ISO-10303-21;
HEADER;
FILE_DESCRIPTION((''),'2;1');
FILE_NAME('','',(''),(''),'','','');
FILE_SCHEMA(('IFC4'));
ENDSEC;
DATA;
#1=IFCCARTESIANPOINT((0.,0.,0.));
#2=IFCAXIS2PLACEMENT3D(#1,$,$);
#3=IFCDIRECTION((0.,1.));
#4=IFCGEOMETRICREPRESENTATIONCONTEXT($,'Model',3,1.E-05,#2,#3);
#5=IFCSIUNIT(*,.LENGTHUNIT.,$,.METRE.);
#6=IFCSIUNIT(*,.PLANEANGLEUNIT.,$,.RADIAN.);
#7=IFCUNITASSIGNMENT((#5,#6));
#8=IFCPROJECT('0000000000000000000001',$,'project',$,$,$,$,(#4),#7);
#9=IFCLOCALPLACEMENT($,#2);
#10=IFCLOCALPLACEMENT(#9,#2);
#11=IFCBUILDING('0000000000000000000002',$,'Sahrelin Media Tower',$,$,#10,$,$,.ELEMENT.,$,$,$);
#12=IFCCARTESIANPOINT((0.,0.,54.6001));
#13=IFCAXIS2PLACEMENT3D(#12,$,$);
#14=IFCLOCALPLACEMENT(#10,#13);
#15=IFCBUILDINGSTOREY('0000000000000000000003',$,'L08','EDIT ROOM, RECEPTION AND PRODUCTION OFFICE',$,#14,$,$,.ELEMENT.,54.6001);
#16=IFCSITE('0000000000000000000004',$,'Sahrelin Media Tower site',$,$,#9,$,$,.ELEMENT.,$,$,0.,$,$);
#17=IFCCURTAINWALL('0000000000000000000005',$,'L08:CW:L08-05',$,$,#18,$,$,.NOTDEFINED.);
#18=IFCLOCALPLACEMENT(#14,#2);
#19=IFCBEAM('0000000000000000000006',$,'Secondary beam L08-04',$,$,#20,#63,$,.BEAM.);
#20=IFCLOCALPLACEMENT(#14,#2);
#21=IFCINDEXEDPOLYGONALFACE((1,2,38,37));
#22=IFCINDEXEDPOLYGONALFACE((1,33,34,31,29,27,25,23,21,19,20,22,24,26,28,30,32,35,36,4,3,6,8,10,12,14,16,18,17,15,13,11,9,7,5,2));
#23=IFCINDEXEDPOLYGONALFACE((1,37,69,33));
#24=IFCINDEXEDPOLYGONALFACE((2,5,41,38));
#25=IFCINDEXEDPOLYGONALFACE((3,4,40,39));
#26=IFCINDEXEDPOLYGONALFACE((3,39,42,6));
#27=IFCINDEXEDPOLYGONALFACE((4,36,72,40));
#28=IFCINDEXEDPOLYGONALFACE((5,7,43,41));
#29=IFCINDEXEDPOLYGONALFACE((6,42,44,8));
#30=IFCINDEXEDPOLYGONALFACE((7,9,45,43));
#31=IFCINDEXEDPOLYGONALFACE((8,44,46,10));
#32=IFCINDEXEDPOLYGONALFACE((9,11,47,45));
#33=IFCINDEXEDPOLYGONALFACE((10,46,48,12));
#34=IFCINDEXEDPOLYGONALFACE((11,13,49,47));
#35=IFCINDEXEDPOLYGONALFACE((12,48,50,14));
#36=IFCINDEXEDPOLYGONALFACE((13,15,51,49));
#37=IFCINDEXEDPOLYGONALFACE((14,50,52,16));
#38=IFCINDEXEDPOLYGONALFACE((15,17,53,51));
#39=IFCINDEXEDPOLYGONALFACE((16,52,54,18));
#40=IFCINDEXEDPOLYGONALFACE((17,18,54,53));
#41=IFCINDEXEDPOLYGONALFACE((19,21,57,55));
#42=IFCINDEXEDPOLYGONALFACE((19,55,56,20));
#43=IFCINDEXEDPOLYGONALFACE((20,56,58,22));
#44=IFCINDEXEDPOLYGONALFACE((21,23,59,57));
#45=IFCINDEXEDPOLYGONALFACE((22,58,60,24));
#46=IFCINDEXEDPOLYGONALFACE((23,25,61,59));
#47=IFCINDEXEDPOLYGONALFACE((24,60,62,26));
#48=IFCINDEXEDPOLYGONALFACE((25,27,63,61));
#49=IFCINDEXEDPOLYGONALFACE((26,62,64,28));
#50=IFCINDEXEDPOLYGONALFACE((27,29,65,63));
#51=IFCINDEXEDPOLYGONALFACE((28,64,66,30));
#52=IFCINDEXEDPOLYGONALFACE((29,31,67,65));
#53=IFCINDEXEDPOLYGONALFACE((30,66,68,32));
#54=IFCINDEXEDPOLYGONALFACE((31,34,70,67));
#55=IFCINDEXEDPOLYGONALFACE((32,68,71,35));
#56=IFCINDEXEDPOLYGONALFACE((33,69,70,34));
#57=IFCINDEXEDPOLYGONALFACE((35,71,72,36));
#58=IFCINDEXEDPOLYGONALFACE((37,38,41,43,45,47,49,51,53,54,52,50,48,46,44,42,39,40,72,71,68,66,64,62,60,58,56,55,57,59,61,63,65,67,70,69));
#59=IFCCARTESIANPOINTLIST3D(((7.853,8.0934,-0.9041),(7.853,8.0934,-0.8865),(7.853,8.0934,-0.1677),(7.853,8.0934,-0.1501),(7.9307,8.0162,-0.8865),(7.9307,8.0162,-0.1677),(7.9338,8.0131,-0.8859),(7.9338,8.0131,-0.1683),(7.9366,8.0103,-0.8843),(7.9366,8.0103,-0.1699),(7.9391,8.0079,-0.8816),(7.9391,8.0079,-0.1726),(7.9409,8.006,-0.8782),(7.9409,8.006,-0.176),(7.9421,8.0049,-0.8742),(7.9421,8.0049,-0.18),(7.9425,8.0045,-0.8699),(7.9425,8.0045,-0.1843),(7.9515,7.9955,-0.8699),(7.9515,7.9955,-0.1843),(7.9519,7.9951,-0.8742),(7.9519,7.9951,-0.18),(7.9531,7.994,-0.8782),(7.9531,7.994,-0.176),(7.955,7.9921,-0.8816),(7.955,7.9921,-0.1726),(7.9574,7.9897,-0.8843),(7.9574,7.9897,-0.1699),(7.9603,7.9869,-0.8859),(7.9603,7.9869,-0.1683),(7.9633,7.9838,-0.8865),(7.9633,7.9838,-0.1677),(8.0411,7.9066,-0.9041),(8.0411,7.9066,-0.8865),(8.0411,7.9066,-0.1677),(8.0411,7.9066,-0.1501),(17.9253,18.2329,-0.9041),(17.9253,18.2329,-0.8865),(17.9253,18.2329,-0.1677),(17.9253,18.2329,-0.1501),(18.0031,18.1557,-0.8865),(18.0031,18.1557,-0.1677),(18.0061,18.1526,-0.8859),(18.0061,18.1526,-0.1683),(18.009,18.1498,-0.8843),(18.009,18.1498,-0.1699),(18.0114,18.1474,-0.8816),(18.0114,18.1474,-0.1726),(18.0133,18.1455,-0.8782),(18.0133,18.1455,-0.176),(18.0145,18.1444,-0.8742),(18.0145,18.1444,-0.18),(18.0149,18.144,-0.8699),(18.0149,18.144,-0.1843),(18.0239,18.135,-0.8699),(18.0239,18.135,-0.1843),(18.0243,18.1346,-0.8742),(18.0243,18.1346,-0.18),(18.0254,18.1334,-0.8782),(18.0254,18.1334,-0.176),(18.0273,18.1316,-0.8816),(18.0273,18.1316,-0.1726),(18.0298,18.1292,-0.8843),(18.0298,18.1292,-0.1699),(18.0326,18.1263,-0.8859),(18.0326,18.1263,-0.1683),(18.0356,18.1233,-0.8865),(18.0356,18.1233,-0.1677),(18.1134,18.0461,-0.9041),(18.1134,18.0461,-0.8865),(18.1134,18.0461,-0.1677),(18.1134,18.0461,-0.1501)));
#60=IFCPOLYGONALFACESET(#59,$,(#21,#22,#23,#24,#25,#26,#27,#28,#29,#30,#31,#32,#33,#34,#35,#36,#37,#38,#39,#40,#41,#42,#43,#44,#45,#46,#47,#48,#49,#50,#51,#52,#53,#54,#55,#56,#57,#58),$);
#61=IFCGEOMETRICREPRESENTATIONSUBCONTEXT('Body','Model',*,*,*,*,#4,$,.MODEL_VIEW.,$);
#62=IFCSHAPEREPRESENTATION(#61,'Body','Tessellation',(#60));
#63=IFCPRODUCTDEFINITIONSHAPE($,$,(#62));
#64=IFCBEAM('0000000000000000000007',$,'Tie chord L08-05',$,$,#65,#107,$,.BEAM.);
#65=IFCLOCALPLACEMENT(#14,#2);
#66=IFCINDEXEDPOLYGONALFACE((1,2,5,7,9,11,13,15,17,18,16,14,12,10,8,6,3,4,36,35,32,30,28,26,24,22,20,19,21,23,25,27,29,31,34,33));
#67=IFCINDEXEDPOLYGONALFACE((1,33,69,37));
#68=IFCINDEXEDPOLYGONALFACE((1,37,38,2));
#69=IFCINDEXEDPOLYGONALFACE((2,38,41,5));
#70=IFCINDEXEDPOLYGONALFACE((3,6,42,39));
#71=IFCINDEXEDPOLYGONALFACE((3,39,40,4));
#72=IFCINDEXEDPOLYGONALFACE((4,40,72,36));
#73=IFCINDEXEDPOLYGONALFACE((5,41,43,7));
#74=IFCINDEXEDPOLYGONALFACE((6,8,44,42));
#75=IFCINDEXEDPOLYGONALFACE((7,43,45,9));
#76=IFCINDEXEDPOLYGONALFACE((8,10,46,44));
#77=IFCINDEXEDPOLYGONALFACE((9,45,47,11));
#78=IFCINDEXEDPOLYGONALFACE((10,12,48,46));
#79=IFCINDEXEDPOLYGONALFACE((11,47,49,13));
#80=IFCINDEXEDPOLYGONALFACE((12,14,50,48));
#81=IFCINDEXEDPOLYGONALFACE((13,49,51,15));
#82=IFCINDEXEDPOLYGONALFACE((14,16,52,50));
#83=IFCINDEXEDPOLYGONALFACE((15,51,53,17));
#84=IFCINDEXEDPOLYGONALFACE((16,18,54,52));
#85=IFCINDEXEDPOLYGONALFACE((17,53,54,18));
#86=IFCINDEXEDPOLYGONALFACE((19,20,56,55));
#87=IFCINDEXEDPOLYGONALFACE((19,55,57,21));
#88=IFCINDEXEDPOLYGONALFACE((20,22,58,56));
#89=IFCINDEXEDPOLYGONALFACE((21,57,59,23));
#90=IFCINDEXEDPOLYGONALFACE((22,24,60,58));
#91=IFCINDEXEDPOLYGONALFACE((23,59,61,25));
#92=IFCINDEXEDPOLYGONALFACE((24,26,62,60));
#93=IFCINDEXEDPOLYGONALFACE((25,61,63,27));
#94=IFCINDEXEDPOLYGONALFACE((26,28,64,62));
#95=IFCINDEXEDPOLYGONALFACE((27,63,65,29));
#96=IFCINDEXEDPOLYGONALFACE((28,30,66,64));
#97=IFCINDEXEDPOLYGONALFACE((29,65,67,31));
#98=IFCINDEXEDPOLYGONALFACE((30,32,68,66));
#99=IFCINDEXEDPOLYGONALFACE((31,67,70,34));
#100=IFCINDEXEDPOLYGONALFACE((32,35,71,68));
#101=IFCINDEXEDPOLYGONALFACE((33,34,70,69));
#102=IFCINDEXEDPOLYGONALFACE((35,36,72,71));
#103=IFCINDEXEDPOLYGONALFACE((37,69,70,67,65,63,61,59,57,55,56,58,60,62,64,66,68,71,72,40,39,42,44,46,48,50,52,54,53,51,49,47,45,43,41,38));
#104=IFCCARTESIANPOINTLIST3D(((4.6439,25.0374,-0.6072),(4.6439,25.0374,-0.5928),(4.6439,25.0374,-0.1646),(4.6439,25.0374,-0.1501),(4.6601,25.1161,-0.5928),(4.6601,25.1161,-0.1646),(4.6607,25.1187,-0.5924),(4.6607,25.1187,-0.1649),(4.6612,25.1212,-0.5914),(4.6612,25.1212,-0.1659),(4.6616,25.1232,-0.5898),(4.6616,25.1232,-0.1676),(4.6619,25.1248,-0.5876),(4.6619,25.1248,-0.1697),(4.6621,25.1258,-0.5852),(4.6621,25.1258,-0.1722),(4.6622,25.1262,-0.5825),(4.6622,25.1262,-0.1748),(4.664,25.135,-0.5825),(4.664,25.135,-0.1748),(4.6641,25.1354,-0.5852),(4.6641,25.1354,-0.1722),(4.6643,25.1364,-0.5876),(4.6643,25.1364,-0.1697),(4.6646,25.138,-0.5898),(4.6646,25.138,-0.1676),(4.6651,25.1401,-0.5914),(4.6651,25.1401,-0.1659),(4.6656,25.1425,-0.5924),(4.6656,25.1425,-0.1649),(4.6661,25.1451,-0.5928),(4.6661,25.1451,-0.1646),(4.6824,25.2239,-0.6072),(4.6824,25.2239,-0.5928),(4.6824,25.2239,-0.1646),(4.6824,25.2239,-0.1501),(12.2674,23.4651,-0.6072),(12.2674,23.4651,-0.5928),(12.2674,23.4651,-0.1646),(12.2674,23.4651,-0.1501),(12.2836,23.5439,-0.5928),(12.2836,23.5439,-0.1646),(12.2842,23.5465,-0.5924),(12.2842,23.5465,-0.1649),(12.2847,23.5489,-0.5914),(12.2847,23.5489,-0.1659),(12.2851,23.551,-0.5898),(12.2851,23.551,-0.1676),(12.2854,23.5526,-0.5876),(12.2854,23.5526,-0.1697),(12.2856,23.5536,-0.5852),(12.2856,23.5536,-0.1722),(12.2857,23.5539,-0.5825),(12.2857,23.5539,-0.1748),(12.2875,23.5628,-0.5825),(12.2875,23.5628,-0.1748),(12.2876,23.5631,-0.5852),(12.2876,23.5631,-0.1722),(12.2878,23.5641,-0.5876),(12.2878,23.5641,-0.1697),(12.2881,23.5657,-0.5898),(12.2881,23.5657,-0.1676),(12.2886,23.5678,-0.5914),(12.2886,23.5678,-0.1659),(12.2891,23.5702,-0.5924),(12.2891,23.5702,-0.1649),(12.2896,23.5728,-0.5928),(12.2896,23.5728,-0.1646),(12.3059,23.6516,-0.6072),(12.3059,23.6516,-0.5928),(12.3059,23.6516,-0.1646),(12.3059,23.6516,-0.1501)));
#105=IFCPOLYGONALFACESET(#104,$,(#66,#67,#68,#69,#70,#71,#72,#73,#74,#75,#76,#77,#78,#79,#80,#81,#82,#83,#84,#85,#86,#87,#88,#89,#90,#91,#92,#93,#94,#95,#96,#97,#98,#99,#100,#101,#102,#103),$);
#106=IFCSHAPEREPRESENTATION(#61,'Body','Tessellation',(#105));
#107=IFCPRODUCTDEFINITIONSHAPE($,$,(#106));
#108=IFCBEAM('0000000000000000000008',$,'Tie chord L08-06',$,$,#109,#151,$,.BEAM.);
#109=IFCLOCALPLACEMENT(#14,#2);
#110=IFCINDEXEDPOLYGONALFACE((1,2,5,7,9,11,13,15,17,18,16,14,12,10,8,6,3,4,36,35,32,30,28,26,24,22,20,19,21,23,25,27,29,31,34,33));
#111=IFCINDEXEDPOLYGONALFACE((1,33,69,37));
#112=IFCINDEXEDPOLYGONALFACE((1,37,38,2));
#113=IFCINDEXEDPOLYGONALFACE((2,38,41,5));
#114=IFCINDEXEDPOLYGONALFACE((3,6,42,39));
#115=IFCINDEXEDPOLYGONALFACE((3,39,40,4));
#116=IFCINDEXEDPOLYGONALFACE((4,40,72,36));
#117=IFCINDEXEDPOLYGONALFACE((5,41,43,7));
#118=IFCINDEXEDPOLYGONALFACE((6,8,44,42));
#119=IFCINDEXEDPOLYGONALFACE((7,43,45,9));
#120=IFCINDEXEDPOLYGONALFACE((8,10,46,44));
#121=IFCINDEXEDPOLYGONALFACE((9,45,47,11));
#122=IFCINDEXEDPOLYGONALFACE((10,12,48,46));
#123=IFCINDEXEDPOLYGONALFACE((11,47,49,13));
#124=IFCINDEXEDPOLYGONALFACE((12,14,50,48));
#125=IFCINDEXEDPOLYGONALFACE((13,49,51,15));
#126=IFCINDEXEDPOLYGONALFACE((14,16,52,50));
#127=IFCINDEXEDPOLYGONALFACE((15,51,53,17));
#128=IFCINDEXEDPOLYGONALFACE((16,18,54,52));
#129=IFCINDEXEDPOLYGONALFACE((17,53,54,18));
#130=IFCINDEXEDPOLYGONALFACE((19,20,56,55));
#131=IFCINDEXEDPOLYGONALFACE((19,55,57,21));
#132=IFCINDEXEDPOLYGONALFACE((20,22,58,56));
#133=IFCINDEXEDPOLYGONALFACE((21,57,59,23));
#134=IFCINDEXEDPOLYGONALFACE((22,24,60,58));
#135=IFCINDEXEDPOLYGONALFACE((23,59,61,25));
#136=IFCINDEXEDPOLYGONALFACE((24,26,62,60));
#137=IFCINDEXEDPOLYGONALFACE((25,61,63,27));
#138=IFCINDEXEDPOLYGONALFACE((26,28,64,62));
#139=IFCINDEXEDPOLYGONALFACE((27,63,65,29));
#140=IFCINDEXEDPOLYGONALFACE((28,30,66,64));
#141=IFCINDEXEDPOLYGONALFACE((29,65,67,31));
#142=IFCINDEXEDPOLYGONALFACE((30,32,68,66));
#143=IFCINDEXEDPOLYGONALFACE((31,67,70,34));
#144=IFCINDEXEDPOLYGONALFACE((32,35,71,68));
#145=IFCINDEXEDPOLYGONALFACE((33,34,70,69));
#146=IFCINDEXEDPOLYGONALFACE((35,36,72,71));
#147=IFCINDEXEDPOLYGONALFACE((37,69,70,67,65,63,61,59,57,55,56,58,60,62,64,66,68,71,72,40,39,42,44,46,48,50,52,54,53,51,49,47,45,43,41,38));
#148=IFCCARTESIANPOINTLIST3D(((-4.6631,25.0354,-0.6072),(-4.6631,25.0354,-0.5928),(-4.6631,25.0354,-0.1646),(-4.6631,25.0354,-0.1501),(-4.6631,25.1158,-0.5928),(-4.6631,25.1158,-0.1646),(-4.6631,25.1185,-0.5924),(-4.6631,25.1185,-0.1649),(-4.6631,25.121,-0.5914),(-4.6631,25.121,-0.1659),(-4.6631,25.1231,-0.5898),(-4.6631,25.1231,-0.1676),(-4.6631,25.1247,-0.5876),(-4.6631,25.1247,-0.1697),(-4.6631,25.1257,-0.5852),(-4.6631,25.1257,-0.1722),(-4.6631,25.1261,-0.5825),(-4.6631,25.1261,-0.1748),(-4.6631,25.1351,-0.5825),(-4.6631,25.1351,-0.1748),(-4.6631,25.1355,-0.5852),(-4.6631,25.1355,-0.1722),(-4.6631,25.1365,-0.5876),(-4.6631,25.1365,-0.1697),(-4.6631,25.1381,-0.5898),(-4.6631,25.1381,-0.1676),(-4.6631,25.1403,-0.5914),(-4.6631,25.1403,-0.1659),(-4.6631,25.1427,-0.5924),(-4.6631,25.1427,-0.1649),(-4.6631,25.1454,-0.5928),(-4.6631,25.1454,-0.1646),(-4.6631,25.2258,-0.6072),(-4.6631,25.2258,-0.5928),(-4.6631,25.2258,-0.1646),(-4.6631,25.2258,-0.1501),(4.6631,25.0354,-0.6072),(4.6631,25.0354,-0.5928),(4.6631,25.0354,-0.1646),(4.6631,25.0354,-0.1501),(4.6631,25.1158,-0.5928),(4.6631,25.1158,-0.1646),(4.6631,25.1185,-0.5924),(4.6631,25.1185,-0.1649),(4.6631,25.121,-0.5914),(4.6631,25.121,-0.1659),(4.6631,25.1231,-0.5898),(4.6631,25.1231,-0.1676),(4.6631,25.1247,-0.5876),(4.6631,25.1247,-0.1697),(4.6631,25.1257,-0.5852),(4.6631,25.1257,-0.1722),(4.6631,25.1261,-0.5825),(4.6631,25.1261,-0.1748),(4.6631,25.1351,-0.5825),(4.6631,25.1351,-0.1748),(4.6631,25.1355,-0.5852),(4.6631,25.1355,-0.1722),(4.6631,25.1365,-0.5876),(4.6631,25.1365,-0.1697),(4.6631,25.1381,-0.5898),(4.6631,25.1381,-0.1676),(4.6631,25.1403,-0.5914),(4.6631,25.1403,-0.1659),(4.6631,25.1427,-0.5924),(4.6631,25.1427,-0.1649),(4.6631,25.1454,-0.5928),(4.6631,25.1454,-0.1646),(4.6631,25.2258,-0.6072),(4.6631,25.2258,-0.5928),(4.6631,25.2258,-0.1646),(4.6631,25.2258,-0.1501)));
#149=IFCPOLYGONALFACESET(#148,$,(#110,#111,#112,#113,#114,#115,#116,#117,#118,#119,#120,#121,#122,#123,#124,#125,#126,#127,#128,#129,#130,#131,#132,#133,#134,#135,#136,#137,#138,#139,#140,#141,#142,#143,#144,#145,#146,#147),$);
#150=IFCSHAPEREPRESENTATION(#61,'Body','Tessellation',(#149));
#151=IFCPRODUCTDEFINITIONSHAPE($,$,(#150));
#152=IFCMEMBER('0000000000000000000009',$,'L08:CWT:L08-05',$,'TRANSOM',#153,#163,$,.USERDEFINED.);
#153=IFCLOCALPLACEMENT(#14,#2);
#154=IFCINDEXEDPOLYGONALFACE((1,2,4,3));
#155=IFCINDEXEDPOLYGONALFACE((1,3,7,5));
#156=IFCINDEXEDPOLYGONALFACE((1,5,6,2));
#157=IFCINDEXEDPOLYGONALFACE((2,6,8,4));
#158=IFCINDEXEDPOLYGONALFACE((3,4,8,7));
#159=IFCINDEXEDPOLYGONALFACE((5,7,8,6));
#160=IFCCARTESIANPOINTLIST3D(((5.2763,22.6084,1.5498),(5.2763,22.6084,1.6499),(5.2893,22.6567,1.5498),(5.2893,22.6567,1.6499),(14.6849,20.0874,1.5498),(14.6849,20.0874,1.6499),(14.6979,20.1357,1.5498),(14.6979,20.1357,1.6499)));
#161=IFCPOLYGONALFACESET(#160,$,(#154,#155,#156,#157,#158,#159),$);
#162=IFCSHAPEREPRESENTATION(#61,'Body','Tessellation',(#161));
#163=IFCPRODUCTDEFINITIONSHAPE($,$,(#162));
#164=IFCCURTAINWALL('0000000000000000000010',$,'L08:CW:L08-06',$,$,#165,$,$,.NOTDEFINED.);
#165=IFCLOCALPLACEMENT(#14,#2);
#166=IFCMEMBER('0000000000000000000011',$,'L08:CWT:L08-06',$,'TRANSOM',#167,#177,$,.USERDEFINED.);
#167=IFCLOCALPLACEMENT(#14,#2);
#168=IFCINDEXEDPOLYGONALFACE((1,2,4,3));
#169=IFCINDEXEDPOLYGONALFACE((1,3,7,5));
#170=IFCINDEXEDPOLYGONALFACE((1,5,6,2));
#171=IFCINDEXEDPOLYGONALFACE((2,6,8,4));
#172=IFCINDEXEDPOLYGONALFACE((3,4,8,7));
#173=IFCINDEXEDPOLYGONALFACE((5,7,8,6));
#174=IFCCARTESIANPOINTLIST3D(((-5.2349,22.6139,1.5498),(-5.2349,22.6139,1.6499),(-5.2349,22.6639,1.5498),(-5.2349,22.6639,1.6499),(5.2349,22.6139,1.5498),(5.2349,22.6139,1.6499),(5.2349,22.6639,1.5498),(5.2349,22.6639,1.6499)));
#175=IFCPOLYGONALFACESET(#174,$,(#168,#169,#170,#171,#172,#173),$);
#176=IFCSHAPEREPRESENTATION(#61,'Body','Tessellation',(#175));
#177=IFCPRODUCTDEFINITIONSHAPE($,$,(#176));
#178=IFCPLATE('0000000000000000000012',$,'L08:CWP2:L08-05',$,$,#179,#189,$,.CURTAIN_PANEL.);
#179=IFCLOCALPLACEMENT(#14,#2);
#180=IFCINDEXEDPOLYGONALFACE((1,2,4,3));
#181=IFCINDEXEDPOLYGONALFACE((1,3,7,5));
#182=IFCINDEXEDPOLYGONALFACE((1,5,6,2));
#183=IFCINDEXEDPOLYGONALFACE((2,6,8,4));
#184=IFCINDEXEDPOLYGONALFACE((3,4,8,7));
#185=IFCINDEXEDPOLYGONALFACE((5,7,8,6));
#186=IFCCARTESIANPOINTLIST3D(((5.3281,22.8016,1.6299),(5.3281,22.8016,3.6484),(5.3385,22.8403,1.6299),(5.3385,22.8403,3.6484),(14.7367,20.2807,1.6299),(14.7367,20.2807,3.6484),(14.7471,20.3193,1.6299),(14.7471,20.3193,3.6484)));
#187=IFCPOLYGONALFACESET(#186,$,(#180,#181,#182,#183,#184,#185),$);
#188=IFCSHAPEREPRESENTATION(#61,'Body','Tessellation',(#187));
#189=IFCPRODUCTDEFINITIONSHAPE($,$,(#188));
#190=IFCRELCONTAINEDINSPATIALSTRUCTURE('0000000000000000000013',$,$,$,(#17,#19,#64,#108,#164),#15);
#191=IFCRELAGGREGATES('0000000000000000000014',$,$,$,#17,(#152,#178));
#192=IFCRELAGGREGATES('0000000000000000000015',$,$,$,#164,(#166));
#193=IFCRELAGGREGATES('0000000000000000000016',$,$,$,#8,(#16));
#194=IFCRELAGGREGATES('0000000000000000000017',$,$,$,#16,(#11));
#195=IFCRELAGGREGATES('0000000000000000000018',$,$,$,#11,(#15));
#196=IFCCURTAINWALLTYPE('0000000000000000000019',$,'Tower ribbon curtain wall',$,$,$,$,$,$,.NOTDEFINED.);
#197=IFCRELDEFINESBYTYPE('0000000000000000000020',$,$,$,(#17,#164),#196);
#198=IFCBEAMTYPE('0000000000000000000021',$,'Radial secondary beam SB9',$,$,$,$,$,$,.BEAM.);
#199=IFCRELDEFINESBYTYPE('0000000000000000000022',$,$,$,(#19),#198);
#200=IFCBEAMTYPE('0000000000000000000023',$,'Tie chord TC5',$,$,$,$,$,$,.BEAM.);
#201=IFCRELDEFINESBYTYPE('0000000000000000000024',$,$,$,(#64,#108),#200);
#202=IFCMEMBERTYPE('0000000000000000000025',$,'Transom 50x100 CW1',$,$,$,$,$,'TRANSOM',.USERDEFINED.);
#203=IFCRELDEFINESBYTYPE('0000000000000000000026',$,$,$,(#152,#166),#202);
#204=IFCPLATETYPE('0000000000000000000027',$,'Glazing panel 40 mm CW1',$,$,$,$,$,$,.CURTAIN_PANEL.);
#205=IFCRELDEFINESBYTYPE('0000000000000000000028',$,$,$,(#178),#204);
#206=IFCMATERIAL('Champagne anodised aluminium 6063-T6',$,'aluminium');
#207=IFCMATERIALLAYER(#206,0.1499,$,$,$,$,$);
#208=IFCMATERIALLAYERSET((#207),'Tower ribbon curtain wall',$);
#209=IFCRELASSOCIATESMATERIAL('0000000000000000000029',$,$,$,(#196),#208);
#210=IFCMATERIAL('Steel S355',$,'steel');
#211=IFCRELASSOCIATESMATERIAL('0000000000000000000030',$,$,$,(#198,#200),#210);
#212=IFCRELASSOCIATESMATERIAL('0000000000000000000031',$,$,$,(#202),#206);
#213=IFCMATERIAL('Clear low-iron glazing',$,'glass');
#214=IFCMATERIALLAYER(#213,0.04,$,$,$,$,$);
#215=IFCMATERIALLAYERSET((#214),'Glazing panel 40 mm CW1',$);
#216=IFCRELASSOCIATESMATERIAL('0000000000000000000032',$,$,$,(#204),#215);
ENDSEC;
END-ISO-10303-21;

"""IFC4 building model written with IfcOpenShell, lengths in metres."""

from ifc_helpers import new_model, si_unit, direction, frame, origin, origin_2d, place, context, subcontext, project, spatial, polyline, rectangle, i_section, outline, extrude, material, layer, layer_set, material_profile, profile_set, type_object, element, aggregate, save


model = new_model("IFC4")

# Units and contexts
model_context = context("Model", 3, precision=1e-05, world=origin(), true_north=direction((0.0, 1.0)))
body_context = subcontext(model_context, "Body", "Model", "MODEL_VIEW")
ifc_project = project(units=[si_unit("LENGTHUNIT", "METRE"), si_unit("PLANEANGLEUNIT", "RADIAN")], contexts=[model_context])

# Site, building, storey
site_placement = place(None, origin())
site = spatial("IfcSite", under=ifc_project, at=site_placement, Name="Sahrelin Media Tower site", CompositionType="ELEMENT", RefElevation=0.0)
building_placement = place(site_placement, origin())
building = spatial("IfcBuilding", under=site, at=building_placement, Name="Sahrelin Media Tower", CompositionType="ELEMENT")
storey_placement = place(building_placement, frame((0.0, 0.0, 54.6001)))
storey = spatial("IfcBuildingStorey", under=building, at=storey_placement, Name="L08", Description="EDIT ROOM, RECEPTION AND PRODUCTION OFFICE", CompositionType="ELEMENT", Elevation=54.6001)

# Shared definitions
ifc_material_1 = material(Name="Steel S355", Category="steel")

# Curtain wall
ifc_material_2 = material(Name="Champagne anodised aluminium 6063-T6", Category="aluminium")
ifc_layer_1 = layer(ifc_material_2, 0.1499)
ifc_layer_set_1 = layer_set([ifc_layer_1], Name="Tower ribbon curtain wall")
curtain_wall_type = type_object("IfcCurtainWallType", Name="Tower ribbon curtain wall", PredefinedType="NOTDEFINED", material=ifc_layer_set_1)
curtain_wall_1_placement = place(storey_placement, frame((10.0376, 21.5603, 0.0), z_axis=(0.0, 0.0, 1.0), x_axis=(1.0, 0.0, 0.0)))
curtain_wall_1 = element("IfcCurtainWall", 1, at=curtain_wall_1_placement, inside=storey, type_object=curtain_wall_type, Name="L08:CW:L08-05", PredefinedType="NOTDEFINED")

# Beams
ifc_material_profile_1 = material_profile(ifc_material_1, i_section(OverallWidth=0.2651, OverallDepth=0.7539, WebThickness=0.0127, FlangeThickness=0.0176, FilletRadius=0.0166, at=origin_2d()), Name="UB 762x267x147")
ifc_profile_set_1 = profile_set([ifc_material_profile_1], Name="Steel S355")
beam_type_1 = type_object("IfcBeamType", Name="Radial secondary beam SB9", PredefinedType="BEAM", material=ifc_profile_set_1)
beam_1_placement = place(storey_placement, frame((7.947, 8.0, -0.5271), z_axis=(0.704754, 0.709452, 0.0), x_axis=(-0.709452, 0.704754, 0.0)))
element("IfcBeam", 2, at=beam_1_placement, inside=storey, type_object=beam_type_1, Name="Secondary beam L08-04", PredefinedType="BEAM", context=body_context, shape_type="SweptSolid", body=[
    extrude(i_section(OverallWidth=0.2651, OverallDepth=0.7539, WebThickness=0.0127, FlangeThickness=0.0176, FilletRadius=0.0166, at=origin_2d()), origin(), (0.0, 0.0, 1.0), 14.292),
])
ifc_material_profile_2 = material_profile(ifc_material_1, i_section(OverallWidth=0.1904, OverallDepth=0.457, WebThickness=0.009, FlangeThickness=0.0144, FilletRadius=0.0103, at=origin_2d()), Name="UB 457x191x74")
ifc_profile_set_2 = profile_set([ifc_material_profile_2], Name="Steel S355")
beam_type_2 = type_object("IfcBeamType", Name="Tie chord TC5", PredefinedType="BEAM", material=ifc_profile_set_2)
beam_2_placement = place(storey_placement, frame((12.2866, 23.5583, -0.3787), z_axis=(-0.979388, 0.201987, 0.0), x_axis=(-0.201987, -0.979388, 0.0)))
element("IfcBeam", 3, at=beam_2_placement, inside=storey, type_object=beam_type_2, Name="Tie chord L08-05", PredefinedType="BEAM", context=body_context, shape_type="SweptSolid", body=[
    extrude(i_section(OverallWidth=0.1904, OverallDepth=0.457, WebThickness=0.009, FlangeThickness=0.0144, FilletRadius=0.0103, at=origin_2d()), origin(), (0.0, 0.0, 1.0), 7.7839),
])
beam_3_placement = place(storey_placement, frame((4.6631, 25.1306, -0.3787), z_axis=(-1.0, 0.0, 0.0), x_axis=(0.0, -1.0, 0.0)))
element("IfcBeam", 4, at=beam_3_placement, inside=storey, type_object=beam_type_2, Name="Tie chord L08-06", PredefinedType="BEAM", context=body_context, shape_type="SweptSolid", body=[
    extrude(i_section(OverallWidth=0.1904, OverallDepth=0.457, WebThickness=0.009, FlangeThickness=0.0144, FilletRadius=0.0103, at=origin_2d()), origin(), (0.0, 0.0, 1.0), 9.3262),
])

# Member
ifc_material_profile_3 = material_profile(ifc_material_2, rectangle(XDim=0.05, YDim=0.1001, at=origin_2d()), Name="Transom 50x100")
ifc_profile_set_3 = profile_set([ifc_material_profile_3], Name="Champagne anodised aluminium 6063-T6")
member_type_1 = type_object("IfcMemberType", Name="Transom 50x100 CW1", ElementType="TRANSOM", PredefinedType="USERDEFINED", material=ifc_profile_set_3)
member_1_placement = place(storey_placement, frame((14.6914, 20.1116, 1.5999), z_axis=(-0.965927, 0.258814, 0.0), x_axis=(-0.258814, -0.965927, 0.0)))
member_1 = element("IfcMember", 5, at=member_1_placement, type_object=member_type_1, Name="L08:CWT:L08-05", ObjectType="TRANSOM", PredefinedType="USERDEFINED", context=body_context, shape_type="SweptSolid", body=[
    extrude(rectangle(XDim=0.05, YDim=0.1001, at=origin_2d()), origin(), (0.0, 0.0, 1.0), 9.7405),
])

# Curtain wall, member
placement_1 = place(storey_placement, frame((0.0, 22.834, 0.0), z_axis=(0.0, 0.0, 1.0), x_axis=(1.0, 0.0, 0.0)))
curtain_wall_2 = element("IfcCurtainWall", 6, at=placement_1, inside=storey, type_object=curtain_wall_type, Name="L08:CW:L08-06", PredefinedType="NOTDEFINED")
member_2_placement = place(storey_placement, frame((5.2349, 22.6389, 1.5999), z_axis=(-1.0, 0.0, 0.0), x_axis=(0.0, -1.0, 0.0)))
member_2 = element("IfcMember", 7, at=member_2_placement, type_object=member_type_1, Name="L08:CWT:L08-06", ObjectType="TRANSOM", PredefinedType="USERDEFINED", context=body_context, shape_type="SweptSolid", body=[
    extrude(rectangle(XDim=0.05, YDim=0.1001, at=origin_2d()), origin(), (0.0, 0.0, 1.0), 10.4697),
])

# Plate
ifc_material_3 = material(Name="Clear low-iron glazing", Category="glass")
ifc_layer_2 = layer(ifc_material_3, 0.04)
ifc_layer_set_2 = layer_set([ifc_layer_2], Name="Glazing panel 40 mm CW1")
plate_type_1 = type_object("IfcPlateType", Name="Glazing panel 40 mm CW1", PredefinedType="CURTAIN_PANEL", material=ifc_layer_set_2)
plate_1_placement = place(storey_placement, frame((14.7471, 20.3193, 1.6299), z_axis=(0.258814, 0.965927, 0.0), x_axis=(-0.965927, 0.258814, 0.0)))
plate_1 = element("IfcPlate", 8, at=plate_1_placement, type_object=plate_type_1, Name="L08:CWP2:L08-05", PredefinedType="CURTAIN_PANEL", context=body_context, shape_type="SweptSolid", body=[
    extrude(outline(polyline([(0.0, 0.0), (9.7405, 0.0), (9.7405, 2.0186), (0.0, 2.0186), (0.0, 0.0)])), origin(), (0.0, 0.0, -1.0), 0.04),
])
aggregate(curtain_wall_1, [member_1, plate_1])
aggregate(curtain_wall_2, [member_2])

save(model, "model.ifc")
